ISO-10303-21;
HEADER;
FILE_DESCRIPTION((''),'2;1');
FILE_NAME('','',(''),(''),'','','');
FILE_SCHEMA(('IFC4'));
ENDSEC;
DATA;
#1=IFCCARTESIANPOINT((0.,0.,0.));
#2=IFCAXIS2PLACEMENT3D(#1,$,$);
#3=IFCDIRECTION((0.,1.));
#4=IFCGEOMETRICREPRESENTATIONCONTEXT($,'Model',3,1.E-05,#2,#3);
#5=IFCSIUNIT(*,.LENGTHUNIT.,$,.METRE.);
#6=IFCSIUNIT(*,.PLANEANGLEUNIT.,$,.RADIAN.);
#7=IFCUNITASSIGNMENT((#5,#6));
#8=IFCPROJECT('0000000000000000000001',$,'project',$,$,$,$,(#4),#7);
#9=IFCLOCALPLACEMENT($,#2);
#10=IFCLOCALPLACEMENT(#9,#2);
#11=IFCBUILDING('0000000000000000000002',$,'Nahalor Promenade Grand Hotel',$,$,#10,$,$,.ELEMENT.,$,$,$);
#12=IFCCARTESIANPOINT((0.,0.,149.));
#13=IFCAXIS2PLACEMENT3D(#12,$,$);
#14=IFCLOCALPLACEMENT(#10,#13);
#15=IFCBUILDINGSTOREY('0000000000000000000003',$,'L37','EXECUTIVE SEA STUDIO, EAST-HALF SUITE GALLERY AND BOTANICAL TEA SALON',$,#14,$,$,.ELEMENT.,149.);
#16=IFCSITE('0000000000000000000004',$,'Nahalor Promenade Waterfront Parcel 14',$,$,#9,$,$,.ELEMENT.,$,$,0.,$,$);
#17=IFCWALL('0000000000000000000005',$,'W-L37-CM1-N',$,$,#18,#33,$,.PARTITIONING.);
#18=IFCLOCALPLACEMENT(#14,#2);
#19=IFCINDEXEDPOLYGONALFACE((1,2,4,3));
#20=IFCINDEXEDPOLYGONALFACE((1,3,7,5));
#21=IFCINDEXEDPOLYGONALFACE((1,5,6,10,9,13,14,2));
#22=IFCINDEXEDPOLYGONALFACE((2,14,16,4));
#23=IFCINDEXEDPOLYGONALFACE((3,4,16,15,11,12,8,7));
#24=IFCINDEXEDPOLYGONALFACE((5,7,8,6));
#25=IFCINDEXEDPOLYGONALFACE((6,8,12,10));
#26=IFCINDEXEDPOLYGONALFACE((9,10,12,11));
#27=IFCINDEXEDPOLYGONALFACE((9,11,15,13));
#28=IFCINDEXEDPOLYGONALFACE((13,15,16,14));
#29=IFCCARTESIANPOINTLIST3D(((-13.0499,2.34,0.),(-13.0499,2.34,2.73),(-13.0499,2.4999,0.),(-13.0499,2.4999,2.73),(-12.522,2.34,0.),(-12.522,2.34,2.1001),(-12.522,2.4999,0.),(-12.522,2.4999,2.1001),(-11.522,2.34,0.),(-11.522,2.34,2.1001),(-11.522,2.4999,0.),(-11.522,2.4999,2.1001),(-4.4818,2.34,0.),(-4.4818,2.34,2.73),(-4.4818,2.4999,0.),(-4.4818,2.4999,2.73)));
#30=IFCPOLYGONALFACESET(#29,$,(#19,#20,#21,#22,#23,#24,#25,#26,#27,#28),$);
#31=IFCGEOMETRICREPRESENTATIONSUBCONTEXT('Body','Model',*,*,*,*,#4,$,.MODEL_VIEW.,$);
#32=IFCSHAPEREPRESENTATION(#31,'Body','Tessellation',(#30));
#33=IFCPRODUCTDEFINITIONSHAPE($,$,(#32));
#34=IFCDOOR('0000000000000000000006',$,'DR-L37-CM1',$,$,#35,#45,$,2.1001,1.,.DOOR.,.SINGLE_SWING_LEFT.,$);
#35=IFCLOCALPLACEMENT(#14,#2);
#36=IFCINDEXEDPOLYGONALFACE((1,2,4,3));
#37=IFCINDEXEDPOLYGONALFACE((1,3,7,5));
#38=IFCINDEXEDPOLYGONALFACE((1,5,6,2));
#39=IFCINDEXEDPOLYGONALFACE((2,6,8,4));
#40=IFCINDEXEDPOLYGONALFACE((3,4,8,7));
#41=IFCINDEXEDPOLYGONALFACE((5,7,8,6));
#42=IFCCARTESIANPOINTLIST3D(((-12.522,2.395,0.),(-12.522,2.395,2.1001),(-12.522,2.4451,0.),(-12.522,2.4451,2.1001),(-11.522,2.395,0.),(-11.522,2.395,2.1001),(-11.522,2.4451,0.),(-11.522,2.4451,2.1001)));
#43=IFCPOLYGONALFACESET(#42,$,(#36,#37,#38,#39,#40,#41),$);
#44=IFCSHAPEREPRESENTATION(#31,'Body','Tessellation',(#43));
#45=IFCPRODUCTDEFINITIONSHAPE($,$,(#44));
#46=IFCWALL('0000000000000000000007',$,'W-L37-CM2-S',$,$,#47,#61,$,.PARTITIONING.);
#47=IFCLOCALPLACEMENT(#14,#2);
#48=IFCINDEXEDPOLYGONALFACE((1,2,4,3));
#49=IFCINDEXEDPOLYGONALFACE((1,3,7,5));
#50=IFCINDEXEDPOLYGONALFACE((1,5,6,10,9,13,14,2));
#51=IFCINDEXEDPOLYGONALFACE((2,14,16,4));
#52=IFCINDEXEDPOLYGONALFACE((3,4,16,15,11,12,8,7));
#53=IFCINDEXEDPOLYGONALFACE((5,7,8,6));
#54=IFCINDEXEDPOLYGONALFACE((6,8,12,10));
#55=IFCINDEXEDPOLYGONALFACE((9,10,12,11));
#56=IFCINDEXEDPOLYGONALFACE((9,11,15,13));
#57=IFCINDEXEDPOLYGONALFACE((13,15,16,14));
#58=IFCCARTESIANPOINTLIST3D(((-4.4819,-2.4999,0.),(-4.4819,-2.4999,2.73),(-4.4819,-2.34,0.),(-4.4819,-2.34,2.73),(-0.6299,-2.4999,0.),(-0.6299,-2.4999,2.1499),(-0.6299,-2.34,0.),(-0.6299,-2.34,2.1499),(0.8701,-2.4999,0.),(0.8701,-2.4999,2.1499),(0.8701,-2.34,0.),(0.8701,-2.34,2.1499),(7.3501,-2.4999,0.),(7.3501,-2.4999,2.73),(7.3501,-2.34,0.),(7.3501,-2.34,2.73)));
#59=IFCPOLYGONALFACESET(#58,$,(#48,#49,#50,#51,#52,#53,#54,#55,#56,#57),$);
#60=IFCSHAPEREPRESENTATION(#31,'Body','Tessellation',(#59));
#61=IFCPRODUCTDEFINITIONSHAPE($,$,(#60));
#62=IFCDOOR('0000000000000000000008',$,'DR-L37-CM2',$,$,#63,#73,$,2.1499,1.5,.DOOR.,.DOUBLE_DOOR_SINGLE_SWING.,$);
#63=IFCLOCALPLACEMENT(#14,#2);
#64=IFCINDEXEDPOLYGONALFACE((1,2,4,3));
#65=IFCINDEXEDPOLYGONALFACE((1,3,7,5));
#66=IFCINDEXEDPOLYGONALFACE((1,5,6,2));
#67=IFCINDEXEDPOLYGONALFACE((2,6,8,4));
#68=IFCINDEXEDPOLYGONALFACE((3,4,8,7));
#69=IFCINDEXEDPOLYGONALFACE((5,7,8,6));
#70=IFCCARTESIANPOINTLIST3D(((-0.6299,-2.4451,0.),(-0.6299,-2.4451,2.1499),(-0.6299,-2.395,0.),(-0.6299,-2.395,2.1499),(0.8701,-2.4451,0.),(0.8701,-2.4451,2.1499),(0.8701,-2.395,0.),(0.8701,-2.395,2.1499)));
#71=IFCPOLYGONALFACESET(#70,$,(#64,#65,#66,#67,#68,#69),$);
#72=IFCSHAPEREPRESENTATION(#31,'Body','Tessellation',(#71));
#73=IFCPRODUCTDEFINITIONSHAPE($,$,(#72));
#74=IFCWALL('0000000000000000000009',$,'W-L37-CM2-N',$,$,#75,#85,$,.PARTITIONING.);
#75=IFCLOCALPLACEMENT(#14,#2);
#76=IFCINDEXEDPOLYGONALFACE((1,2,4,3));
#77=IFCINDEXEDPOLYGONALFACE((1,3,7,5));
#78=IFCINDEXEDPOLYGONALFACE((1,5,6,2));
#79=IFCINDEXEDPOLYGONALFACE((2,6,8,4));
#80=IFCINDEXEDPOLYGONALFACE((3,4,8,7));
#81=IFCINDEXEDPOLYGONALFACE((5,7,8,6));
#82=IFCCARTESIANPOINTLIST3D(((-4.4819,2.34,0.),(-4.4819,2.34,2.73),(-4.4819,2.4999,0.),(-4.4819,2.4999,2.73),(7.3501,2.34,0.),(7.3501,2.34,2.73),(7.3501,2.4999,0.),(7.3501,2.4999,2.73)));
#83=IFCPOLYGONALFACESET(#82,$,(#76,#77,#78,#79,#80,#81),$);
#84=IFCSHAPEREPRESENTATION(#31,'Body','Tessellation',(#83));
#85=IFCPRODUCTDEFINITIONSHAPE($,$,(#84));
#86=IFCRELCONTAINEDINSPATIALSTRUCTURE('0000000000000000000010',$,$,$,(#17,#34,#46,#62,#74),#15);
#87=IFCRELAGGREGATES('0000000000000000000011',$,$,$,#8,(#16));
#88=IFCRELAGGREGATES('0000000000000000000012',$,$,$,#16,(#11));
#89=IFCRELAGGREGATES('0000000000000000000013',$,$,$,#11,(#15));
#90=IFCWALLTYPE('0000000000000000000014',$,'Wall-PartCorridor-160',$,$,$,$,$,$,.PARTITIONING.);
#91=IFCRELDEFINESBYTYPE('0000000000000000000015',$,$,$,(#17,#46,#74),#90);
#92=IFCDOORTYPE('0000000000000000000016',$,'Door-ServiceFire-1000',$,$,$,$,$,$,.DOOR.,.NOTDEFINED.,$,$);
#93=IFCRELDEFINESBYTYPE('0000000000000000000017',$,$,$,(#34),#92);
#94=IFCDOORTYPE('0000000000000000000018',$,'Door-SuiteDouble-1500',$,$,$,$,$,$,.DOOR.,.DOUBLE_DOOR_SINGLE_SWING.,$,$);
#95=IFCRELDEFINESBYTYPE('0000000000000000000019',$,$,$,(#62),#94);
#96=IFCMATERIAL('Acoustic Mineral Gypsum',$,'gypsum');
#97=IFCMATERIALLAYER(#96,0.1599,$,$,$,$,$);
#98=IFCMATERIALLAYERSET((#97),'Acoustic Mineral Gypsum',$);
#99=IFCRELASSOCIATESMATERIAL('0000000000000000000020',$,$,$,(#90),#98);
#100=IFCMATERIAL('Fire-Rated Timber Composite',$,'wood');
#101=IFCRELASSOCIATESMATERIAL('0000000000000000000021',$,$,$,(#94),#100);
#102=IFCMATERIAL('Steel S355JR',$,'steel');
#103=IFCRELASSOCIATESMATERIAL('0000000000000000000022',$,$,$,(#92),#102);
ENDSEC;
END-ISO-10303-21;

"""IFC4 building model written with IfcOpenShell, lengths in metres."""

from ifc_helpers import new_model, si_unit, direction, frame, frame_2d, origin, place, context, subcontext, project, spatial, rectangle, extrude, source, transform, mapped, material, layer, layer_set, type_object, element, fill, save


model = new_model("IFC4")

# Units and contexts
model_context = context("Model", 3, precision=1e-05, world=origin(), true_north=direction((0.0, 1.0)))
body_context = subcontext(model_context, "Body", "Model", "MODEL_VIEW")
ifc_project = project(units=[si_unit("LENGTHUNIT", "METRE"), si_unit("PLANEANGLEUNIT", "RADIAN")], contexts=[model_context])

# Site, building, storey
site_placement = place(None, origin())
site = spatial("IfcSite", under=ifc_project, at=site_placement, Name="Nahalor Promenade Waterfront Parcel 14", CompositionType="ELEMENT", RefElevation=0.0)
building_placement = place(site_placement, origin())
building = spatial("IfcBuilding", under=site, at=building_placement, Name="Nahalor Promenade Grand Hotel", CompositionType="ELEMENT")
storey_placement = place(building_placement, frame((0.0, 0.0, 149.0)))
storey = spatial("IfcBuildingStorey", under=building, at=storey_placement, Name="L37", Description="EXECUTIVE SEA STUDIO, EAST-HALF SUITE GALLERY AND BOTANICAL TEA SALON", CompositionType="ELEMENT", Elevation=149.0)

# Shared definitions
ifc_material_1 = material(Name="Steel S355JR", Category="steel")

# Shared definitions
ifc_material_2 = material(Name="Acoustic Mineral Gypsum", Category="gypsum")

# Shared definitions
ifc_layer_1 = layer(ifc_material_2, 0.1599)
ifc_layer_set_1 = layer_set([ifc_layer_1], Name="Acoustic Mineral Gypsum")
wall_type_1 = type_object("IfcWallType", Name="Wall-PartCorridor-160", PredefinedType="PARTITIONING", material=ifc_layer_set_1)
ifc_material_3 = material(Name="Fire-Rated Timber Composite", Category="wood")
door_type_1 = type_object("IfcDoorType", Name="Door-SuiteDouble-1500", OperationType="DOUBLE_DOOR_SINGLE_SWING", PredefinedType="DOOR", material=ifc_material_3)
shared_shape_1 = source(origin(), body_context, "Body", "SweptSolid", [
    extrude(rectangle(XDim=1.5, YDim=2.1499, at=frame_2d((0.75, 1.075))), frame((0.0, 0.0249, 0.0), z_axis=(0.0, -1.0, 0.0), x_axis=(1.0, 0.0, 0.0)), (0.0, 0.0, 1.0), 0.05),
])

# Shared definitions
shared_shape_2 = source(origin(), body_context, "Body", "SweptSolid", [
    extrude(rectangle(XDim=8.5681, YDim=0.1599, at=frame_2d((4.2842, 0.0))), origin(), (0.0, 0.0, 1.0), 2.73),
])

# Walls, openings, doors
wall_1_placement = place(storey_placement, frame((-13.05, 2.4199, 0.0), z_axis=(0.0, 0.0, 1.0), x_axis=(1.0, 0.0, 0.0)))
wall_1 = element("IfcWall", 1, at=wall_1_placement, inside=storey, type_object=wall_type_1, Name="W-L37-CM1-N", PredefinedType="PARTITIONING", context=body_context, shape_type="MappedRepresentation", body=[
    mapped(shared_shape_2, transform((0.0, 0.0, 0.0), scale=1.0)),
])
opening_1_placement = place(wall_1_placement, frame((0.5281, 0.0, 0.0)))
opening_1 = element("IfcOpeningElement", 2, at=opening_1_placement, cuts=wall_1, PredefinedType="OPENING", context=body_context, shape_type="SweptSolid", body=[
    extrude(rectangle(XDim=1.0, YDim=2.1001, at=frame_2d((0.5, 1.05))), frame((0.0, 0.0898, 0.0), z_axis=(0.0, -1.0, 0.0), x_axis=(1.0, 0.0, 0.0)), (0.0, 0.0, 1.0), 0.1799),
])
door_type_2 = type_object("IfcDoorType", Name="Door-ServiceFire-1000", OperationType="NOTDEFINED", PredefinedType="DOOR", material=ifc_material_1)
shared_shape_3 = source(origin(), body_context, "Body", "SweptSolid", [
    extrude(rectangle(XDim=1.0, YDim=2.1001, at=frame_2d((0.5, 1.05))), frame((0.0, 0.0249, 0.0), z_axis=(0.0, -1.0, 0.0), x_axis=(1.0, 0.0, 0.0)), (0.0, 0.0, 1.0), 0.05),
])
door_1_placement = place(opening_1_placement, frame((1.0, 0.0, 0.0), z_axis=(0.0, 0.0, 1.0), x_axis=(-1.0, 0.0, 0.0)))
door_1 = element("IfcDoor", 3, at=door_1_placement, inside=storey, type_object=door_type_2, Name="DR-L37-CM1", OperationType="SINGLE_SWING_LEFT", OverallHeight=2.1001, OverallWidth=1.0, PredefinedType="DOOR", context=body_context, shape_type="MappedRepresentation", body=[
    mapped(shared_shape_3, transform((0.0, 0.0, 0.0), scale=1.0)),
])
fill(opening_1, door_1)
shared_shape_4 = source(origin(), body_context, "Body", "SweptSolid", [
    extrude(rectangle(XDim=11.832, YDim=0.1599, at=frame_2d((5.916, 0.0))), origin(), (0.0, 0.0, 1.0), 2.73),
])
wall_2_placement = place(storey_placement, frame((-4.4819, -2.4199, 0.0), z_axis=(0.0, 0.0, 1.0), x_axis=(1.0, 0.0, 0.0)))
wall_2 = element("IfcWall", 4, at=wall_2_placement, inside=storey, type_object=wall_type_1, Name="W-L37-CM2-S", PredefinedType="PARTITIONING", context=body_context, shape_type="MappedRepresentation", body=[
    mapped(shared_shape_4, transform((0.0, 0.0, 0.0), scale=1.0)),
])
opening_2_placement = place(wall_2_placement, frame((3.8521, 0.0, 0.0)))
opening_2 = element("IfcOpeningElement", 5, at=opening_2_placement, cuts=wall_2, PredefinedType="OPENING", context=body_context, shape_type="SweptSolid", body=[
    extrude(rectangle(XDim=1.5, YDim=2.1499, at=frame_2d((0.75, 1.075))), frame((0.0, 0.0898, 0.0), z_axis=(0.0, -1.0, 0.0), x_axis=(1.0, 0.0, 0.0)), (0.0, 0.0, 1.0), 0.1799),
])
door_2_placement = place(opening_2_placement, origin())
door_2 = element("IfcDoor", 6, at=door_2_placement, inside=storey, type_object=door_type_1, Name="DR-L37-CM2", OperationType="DOUBLE_DOOR_SINGLE_SWING", OverallHeight=2.1499, OverallWidth=1.5, PredefinedType="DOOR", context=body_context, shape_type="MappedRepresentation", body=[
    mapped(shared_shape_1, transform((0.0, 0.0, 0.0), scale=1.0)),
])
fill(opening_2, door_2)

# Wall
wall_3_placement = place(storey_placement, frame((-4.4819, 2.4199, 0.0), z_axis=(0.0, 0.0, 1.0), x_axis=(1.0, 0.0, 0.0)))
element("IfcWall", 7, at=wall_3_placement, inside=storey, type_object=wall_type_1, Name="W-L37-CM2-N", PredefinedType="PARTITIONING", context=body_context, shape_type="MappedRepresentation", body=[
    mapped(shared_shape_4, transform((0.0, 0.0, 0.0), scale=1.0)),
])

save(model, "model.ifc")
